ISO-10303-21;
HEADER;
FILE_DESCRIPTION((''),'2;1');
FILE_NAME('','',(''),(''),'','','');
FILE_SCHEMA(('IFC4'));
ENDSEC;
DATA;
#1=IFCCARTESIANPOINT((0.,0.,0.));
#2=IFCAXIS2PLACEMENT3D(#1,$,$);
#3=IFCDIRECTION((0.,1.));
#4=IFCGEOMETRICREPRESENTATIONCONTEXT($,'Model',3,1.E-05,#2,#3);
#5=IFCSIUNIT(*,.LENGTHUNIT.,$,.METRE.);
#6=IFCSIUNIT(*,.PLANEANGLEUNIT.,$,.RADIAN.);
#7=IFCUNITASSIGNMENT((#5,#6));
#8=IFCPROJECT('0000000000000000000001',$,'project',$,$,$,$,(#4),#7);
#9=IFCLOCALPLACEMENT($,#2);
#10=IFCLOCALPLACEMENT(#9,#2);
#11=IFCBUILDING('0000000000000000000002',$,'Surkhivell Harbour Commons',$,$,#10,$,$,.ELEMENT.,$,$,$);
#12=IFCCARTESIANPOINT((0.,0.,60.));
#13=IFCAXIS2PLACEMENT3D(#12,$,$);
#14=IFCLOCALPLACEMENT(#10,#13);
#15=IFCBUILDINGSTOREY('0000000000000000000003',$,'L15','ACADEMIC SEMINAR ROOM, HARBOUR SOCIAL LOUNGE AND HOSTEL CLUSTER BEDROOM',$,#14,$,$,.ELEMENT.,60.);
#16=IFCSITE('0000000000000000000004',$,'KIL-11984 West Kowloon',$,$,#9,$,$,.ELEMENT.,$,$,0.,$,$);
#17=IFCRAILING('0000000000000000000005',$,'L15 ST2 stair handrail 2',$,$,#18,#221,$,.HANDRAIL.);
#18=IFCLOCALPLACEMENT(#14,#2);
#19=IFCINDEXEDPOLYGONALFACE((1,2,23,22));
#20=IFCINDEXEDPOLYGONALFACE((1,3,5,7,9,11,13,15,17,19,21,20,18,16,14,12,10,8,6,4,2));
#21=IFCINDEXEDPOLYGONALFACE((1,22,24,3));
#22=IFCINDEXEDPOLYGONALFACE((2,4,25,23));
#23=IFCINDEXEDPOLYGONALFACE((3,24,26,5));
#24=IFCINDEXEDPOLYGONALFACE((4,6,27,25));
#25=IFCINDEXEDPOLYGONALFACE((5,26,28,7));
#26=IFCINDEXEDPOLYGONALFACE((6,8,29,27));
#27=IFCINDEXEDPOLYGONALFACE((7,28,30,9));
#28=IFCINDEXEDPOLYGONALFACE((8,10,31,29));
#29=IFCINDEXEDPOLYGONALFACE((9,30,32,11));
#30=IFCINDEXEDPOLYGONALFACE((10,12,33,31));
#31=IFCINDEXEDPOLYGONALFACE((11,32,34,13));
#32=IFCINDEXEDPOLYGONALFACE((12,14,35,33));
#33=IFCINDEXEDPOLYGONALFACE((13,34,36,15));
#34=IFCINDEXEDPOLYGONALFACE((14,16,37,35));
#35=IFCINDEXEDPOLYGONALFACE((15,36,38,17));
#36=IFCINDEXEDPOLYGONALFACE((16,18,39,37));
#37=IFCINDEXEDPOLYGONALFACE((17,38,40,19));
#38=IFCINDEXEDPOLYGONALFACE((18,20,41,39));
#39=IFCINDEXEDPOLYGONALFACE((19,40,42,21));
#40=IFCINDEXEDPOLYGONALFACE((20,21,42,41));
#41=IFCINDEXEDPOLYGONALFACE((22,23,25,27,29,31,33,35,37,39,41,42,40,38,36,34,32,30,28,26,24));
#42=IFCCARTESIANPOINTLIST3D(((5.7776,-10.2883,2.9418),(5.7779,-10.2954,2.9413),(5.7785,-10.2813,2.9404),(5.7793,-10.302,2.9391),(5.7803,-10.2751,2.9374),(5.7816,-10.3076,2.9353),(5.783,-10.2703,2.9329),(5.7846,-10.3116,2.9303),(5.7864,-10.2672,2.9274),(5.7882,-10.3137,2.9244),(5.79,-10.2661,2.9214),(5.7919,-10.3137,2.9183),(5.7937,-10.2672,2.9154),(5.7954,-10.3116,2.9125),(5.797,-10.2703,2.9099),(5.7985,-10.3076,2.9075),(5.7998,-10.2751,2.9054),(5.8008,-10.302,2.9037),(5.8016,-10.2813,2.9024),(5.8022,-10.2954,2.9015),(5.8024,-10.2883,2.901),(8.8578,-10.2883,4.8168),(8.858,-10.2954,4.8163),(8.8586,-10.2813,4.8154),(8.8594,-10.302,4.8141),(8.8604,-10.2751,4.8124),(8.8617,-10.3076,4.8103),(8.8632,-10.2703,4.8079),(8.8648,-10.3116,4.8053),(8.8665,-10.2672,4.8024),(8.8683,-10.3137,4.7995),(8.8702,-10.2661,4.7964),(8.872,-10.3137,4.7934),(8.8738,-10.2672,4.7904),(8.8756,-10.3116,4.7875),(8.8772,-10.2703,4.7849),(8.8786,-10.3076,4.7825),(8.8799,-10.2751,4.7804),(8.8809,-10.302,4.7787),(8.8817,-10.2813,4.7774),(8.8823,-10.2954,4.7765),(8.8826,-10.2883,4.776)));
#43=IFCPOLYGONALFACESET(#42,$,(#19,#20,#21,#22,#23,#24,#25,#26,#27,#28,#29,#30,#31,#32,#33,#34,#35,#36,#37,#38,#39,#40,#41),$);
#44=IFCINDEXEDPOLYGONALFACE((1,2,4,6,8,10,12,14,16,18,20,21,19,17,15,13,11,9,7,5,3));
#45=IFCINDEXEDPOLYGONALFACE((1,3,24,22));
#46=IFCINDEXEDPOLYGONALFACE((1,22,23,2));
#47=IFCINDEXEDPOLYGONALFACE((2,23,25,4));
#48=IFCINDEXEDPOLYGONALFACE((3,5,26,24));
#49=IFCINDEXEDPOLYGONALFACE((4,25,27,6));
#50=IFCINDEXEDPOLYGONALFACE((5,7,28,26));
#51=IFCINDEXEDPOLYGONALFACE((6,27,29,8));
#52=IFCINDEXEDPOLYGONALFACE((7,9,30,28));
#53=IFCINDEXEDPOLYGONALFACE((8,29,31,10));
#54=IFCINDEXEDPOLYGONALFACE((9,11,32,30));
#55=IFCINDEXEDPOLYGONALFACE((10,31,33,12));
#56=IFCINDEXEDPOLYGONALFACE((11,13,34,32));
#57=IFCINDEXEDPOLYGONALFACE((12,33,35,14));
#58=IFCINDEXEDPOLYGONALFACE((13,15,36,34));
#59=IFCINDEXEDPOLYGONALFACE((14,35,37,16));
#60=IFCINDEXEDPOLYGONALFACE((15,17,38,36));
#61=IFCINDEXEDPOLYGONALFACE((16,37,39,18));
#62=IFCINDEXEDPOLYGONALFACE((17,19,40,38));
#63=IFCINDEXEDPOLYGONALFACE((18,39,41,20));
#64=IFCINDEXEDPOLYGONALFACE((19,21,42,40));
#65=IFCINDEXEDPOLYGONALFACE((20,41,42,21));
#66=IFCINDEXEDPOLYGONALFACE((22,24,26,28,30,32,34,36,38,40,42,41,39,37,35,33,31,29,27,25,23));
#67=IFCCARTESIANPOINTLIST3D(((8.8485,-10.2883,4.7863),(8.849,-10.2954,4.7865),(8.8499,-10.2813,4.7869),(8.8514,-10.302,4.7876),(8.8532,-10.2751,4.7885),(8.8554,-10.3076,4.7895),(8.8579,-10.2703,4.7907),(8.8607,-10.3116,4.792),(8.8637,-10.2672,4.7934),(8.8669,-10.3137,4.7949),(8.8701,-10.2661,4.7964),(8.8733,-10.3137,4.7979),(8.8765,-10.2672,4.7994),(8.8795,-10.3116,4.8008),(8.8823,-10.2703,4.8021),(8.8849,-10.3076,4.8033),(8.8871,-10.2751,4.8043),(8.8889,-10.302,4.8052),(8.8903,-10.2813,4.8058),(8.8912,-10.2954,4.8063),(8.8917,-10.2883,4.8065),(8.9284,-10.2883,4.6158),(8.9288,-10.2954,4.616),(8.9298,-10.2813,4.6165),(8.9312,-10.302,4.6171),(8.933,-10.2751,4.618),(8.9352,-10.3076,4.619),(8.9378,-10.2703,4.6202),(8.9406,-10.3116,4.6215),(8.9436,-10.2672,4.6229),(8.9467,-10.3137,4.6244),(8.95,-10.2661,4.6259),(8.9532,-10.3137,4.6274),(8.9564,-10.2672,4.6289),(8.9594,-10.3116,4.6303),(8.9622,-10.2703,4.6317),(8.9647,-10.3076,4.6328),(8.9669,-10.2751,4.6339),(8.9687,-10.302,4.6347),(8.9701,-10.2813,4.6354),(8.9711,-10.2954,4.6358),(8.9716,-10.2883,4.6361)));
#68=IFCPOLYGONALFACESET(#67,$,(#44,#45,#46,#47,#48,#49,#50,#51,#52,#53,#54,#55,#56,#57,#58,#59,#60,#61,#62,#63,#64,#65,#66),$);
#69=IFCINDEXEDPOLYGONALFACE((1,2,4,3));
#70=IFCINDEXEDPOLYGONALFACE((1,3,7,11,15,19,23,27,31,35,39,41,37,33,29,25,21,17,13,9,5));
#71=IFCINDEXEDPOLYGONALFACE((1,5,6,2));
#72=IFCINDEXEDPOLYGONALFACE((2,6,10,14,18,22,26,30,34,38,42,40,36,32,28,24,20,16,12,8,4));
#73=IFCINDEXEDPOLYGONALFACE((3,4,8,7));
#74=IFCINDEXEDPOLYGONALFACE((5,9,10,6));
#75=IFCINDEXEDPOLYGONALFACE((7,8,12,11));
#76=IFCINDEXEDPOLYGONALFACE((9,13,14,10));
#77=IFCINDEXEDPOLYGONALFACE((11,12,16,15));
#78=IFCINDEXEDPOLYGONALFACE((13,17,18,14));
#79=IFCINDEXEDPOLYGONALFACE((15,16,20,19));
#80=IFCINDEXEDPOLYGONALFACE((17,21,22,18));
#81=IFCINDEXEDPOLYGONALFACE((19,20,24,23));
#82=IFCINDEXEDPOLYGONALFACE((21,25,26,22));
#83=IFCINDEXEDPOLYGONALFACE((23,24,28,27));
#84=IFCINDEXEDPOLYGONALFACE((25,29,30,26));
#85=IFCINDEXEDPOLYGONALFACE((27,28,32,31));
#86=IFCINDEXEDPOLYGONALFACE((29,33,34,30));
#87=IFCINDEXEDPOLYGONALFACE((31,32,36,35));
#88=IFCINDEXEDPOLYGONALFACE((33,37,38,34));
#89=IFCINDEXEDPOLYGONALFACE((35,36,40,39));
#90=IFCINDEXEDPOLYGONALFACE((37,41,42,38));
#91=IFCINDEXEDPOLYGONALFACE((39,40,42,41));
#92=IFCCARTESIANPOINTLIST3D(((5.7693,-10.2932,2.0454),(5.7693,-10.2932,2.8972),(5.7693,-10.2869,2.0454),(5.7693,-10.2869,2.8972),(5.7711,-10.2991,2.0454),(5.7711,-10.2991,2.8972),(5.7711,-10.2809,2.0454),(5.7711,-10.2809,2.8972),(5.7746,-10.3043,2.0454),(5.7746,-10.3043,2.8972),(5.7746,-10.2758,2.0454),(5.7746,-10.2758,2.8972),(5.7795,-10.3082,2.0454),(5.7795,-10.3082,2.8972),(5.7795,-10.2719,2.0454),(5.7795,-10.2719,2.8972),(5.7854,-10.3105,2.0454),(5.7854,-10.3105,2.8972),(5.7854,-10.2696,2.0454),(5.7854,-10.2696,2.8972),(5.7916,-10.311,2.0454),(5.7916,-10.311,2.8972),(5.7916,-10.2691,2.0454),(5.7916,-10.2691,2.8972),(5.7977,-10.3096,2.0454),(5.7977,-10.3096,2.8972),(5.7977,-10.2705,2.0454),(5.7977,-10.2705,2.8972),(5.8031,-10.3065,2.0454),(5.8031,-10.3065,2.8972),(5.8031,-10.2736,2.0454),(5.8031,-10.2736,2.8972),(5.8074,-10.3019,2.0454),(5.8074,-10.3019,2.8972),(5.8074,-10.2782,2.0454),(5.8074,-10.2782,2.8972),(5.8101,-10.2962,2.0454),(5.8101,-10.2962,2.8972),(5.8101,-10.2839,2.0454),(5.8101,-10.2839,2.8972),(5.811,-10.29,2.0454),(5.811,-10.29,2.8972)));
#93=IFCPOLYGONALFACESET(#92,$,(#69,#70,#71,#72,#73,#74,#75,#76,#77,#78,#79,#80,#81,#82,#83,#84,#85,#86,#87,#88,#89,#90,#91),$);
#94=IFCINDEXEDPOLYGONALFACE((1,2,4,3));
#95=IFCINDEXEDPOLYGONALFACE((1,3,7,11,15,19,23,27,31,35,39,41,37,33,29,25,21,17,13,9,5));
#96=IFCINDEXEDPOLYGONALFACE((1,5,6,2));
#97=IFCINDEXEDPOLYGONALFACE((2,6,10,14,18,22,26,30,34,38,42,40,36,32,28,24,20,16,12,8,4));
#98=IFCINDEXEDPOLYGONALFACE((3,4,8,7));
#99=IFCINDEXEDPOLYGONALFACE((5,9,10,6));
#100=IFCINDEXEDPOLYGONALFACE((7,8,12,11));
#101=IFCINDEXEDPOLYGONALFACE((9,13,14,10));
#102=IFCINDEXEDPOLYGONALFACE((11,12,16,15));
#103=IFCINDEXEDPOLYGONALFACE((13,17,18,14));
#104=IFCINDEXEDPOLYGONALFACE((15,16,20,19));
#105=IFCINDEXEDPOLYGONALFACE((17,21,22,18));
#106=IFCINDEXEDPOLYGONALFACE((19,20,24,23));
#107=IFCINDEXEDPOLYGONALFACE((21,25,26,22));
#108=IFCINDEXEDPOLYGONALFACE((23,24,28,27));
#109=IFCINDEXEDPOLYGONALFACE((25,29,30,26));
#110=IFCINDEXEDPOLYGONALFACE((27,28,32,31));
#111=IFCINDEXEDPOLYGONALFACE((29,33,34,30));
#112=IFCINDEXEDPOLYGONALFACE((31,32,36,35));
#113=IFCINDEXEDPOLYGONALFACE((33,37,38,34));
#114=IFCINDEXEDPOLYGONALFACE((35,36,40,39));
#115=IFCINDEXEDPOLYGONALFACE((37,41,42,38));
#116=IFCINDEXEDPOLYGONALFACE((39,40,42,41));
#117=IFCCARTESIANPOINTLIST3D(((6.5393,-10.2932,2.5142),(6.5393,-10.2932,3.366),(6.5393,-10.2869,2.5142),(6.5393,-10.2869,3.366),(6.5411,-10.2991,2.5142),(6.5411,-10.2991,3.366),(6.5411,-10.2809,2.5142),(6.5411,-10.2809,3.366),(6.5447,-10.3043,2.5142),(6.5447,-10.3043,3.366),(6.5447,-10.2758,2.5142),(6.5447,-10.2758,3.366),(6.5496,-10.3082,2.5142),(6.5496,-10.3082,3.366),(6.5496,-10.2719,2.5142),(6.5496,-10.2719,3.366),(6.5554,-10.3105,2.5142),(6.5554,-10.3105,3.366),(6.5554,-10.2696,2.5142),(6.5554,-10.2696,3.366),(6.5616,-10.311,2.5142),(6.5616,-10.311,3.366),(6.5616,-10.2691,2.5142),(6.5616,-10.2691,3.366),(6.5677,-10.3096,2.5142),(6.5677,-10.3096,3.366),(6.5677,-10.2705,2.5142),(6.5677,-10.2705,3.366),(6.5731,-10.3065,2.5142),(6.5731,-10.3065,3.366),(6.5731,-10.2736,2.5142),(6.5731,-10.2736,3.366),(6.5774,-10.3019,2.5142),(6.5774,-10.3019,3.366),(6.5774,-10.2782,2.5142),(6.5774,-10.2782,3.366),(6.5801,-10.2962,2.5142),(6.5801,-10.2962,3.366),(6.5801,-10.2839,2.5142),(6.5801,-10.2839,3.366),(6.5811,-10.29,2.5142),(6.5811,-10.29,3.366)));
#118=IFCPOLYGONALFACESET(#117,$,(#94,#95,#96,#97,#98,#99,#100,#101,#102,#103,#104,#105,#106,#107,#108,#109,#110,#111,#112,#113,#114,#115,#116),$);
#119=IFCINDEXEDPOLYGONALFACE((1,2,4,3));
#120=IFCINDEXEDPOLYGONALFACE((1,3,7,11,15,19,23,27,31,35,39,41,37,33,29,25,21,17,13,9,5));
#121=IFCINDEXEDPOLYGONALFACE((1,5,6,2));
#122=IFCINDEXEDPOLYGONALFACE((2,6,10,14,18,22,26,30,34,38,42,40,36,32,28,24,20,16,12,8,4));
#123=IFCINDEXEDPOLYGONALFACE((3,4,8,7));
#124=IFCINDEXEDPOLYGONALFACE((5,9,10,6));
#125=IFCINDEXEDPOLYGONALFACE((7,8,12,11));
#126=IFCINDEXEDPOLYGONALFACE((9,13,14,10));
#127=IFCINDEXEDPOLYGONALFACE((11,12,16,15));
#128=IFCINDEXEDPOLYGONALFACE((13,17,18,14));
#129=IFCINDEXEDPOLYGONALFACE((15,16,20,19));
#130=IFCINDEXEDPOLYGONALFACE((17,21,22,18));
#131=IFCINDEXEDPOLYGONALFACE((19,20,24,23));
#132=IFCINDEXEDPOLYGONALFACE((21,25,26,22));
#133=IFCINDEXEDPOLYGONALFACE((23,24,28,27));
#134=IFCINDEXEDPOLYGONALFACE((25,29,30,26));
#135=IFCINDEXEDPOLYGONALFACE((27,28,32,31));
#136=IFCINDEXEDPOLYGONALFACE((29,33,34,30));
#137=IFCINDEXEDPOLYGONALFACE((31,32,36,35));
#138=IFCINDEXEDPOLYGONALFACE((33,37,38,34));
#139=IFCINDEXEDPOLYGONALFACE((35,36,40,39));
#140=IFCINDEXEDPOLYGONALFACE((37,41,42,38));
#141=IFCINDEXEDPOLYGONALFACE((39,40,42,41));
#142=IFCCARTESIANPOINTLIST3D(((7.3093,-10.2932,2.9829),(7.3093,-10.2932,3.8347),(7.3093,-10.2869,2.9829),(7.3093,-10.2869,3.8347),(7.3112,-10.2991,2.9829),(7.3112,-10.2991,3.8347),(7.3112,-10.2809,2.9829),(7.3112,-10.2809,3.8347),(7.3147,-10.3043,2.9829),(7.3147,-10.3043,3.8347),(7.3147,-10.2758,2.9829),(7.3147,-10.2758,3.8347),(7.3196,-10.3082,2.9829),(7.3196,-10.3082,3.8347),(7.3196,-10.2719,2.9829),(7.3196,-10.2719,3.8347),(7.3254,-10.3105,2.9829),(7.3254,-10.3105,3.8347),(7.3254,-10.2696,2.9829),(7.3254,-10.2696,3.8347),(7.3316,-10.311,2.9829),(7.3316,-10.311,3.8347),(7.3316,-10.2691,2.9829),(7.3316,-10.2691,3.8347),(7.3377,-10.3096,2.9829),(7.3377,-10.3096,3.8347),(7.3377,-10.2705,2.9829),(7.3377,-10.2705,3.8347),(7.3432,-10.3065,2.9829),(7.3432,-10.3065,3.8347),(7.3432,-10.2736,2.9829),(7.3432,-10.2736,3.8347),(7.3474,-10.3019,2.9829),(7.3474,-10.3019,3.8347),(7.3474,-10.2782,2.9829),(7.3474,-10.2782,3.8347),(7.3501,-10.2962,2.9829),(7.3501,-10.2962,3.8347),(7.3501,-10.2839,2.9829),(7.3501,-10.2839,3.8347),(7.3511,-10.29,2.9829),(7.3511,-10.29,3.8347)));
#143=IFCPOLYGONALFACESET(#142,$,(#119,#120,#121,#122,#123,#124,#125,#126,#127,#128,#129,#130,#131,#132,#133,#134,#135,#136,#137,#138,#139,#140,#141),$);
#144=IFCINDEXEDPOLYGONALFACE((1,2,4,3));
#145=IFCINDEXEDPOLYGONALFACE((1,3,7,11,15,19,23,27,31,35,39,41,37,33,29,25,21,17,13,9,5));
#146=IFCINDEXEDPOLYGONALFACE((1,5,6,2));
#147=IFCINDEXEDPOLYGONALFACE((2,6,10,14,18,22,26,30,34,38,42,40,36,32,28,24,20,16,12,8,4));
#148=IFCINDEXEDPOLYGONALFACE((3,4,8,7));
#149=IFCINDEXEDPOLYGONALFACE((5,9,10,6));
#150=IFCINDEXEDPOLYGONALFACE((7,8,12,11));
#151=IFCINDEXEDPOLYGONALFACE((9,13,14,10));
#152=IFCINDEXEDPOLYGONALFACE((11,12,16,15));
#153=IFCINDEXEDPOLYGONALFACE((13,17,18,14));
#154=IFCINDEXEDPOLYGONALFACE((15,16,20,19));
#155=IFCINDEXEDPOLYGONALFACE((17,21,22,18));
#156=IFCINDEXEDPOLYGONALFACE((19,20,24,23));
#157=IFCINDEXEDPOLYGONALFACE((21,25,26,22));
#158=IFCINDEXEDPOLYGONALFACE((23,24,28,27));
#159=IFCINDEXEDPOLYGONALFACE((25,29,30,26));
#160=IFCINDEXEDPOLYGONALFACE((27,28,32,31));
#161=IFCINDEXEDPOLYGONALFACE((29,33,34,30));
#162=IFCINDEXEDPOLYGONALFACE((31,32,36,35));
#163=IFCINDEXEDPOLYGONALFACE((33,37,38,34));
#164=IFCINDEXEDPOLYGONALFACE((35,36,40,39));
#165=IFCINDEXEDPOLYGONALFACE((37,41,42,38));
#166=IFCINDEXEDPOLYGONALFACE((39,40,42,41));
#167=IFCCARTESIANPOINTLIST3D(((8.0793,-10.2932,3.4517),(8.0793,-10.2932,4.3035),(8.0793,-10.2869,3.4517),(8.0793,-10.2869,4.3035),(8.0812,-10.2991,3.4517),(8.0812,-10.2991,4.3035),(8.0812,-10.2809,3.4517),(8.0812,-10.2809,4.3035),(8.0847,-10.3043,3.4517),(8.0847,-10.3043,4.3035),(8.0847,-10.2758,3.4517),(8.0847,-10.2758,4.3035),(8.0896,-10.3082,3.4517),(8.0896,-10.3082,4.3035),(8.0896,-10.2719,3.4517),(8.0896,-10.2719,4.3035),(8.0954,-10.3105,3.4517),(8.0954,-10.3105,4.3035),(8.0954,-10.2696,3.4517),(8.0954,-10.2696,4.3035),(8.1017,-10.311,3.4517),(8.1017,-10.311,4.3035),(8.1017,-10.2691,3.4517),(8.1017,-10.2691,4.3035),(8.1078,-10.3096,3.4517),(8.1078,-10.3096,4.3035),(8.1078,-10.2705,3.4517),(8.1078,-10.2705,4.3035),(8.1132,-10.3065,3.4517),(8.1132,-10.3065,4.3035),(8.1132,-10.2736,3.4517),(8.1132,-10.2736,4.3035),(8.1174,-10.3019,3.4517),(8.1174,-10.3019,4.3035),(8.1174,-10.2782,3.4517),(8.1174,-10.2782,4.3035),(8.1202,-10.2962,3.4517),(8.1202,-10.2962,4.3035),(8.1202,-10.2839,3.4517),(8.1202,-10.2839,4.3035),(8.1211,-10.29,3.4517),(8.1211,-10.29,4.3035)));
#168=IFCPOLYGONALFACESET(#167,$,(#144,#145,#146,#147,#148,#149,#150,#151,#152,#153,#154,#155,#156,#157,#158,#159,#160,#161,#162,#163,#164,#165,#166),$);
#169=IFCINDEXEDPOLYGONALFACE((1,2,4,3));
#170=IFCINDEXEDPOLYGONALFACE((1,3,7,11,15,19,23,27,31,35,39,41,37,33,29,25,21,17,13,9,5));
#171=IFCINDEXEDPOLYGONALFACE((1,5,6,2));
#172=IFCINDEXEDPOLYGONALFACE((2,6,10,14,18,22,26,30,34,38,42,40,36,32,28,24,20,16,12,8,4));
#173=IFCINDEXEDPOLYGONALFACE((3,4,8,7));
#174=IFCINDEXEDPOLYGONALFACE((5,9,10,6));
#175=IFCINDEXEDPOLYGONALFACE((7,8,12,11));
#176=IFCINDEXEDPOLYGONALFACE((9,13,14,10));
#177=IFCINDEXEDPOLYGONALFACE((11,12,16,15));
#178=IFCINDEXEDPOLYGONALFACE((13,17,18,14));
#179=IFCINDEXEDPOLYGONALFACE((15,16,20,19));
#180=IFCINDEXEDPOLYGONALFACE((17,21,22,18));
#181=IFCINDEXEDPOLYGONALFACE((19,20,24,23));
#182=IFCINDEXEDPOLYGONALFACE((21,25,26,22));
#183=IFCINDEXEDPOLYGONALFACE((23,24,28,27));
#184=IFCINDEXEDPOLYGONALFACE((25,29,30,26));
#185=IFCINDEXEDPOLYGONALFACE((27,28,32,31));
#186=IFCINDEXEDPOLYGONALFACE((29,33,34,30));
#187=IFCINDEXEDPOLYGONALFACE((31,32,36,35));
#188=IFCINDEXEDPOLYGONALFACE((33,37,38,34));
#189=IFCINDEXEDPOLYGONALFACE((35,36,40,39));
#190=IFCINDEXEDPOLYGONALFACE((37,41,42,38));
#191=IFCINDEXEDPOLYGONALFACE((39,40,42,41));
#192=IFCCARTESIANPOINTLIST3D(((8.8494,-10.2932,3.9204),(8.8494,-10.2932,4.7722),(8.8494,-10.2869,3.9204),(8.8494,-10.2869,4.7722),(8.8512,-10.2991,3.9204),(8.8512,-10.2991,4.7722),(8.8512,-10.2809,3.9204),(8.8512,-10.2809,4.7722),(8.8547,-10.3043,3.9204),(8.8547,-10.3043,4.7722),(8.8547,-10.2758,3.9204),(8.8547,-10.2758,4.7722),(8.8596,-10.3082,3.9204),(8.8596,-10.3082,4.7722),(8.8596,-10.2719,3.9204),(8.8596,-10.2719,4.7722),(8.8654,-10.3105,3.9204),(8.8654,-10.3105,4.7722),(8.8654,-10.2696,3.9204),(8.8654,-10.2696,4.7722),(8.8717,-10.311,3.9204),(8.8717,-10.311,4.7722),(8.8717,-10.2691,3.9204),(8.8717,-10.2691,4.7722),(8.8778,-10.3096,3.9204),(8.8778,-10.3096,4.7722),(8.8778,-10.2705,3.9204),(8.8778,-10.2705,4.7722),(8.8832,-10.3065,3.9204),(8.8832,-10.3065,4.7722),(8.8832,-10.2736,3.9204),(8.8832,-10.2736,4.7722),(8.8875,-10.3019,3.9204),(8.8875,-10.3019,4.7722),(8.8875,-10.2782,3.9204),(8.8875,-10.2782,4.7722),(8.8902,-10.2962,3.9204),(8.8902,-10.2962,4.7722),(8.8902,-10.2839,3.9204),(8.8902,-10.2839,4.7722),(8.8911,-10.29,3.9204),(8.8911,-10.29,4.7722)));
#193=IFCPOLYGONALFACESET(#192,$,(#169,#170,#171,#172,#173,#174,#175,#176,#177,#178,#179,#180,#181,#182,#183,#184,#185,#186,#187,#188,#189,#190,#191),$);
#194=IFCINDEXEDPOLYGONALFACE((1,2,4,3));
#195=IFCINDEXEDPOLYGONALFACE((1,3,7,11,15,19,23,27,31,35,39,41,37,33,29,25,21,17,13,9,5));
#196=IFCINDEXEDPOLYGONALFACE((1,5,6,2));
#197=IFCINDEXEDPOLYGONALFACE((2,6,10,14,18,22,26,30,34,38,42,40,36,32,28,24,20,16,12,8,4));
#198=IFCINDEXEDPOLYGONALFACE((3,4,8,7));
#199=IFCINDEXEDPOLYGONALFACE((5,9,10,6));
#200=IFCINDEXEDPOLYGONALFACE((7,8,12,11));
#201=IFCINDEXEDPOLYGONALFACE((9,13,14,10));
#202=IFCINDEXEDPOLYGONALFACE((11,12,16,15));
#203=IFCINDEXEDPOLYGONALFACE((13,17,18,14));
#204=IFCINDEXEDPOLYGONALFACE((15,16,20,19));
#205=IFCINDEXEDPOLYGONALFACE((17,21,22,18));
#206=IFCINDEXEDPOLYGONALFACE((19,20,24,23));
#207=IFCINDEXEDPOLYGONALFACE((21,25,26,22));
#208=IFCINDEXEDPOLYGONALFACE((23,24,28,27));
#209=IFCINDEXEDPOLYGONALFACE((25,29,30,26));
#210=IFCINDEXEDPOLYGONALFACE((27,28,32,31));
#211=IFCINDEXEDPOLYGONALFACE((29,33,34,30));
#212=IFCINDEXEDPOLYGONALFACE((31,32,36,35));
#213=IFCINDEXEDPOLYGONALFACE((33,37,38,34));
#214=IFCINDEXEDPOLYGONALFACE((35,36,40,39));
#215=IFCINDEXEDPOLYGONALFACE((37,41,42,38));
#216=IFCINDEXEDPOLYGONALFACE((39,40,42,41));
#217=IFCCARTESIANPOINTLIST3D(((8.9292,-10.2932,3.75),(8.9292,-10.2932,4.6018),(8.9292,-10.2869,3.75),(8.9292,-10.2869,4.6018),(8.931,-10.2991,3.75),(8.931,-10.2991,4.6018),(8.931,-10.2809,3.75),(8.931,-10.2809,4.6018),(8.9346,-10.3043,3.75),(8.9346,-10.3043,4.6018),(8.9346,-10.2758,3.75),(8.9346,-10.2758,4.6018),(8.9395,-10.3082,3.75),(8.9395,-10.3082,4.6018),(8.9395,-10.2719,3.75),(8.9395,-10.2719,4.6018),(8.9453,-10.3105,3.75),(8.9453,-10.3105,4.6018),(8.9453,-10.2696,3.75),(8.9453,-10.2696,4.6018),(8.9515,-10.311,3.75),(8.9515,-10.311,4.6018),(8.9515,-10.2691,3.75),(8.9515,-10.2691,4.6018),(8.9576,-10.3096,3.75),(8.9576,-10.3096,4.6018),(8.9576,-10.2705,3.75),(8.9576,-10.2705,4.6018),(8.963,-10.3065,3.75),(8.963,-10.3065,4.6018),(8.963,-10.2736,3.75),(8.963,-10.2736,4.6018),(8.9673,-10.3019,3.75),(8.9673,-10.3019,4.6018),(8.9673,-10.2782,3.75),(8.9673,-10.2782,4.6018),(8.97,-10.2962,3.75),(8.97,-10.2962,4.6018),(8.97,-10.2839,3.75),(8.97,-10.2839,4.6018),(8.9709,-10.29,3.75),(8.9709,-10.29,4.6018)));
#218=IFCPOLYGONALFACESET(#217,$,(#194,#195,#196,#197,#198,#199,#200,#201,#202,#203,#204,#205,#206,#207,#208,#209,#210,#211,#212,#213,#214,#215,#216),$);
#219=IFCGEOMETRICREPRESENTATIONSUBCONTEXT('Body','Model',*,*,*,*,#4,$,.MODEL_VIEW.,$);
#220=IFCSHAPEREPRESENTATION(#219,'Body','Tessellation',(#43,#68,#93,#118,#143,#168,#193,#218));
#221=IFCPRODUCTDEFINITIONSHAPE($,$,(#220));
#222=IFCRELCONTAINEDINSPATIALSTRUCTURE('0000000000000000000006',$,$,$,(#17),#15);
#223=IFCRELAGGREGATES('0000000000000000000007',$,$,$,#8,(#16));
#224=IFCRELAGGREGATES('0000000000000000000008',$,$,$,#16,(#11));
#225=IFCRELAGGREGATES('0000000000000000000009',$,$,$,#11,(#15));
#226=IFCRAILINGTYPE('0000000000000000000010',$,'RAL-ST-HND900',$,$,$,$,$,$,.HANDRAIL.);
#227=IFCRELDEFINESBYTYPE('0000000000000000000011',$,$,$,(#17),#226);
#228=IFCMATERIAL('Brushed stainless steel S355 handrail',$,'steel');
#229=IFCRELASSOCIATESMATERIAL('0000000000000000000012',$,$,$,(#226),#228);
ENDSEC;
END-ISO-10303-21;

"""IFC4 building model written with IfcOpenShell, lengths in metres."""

from ifc_helpers import new_model, si_unit, direction, frame, origin, origin_2d, place, context, subcontext, project, spatial, circle, extrude, material, type_object, element, save


model = new_model("IFC4")

# Units and contexts
model_context = context("Model", 3, precision=1e-05, world=origin(), true_north=direction((0.0, 1.0)))
body_context = subcontext(model_context, "Body", "Model", "MODEL_VIEW")
ifc_project = project(units=[si_unit("LENGTHUNIT", "METRE"), si_unit("PLANEANGLEUNIT", "RADIAN")], contexts=[model_context])

# Site, building, storey
site_placement = place(None, origin())
site = spatial("IfcSite", under=ifc_project, at=site_placement, Name="KIL-11984 West Kowloon", CompositionType="ELEMENT", RefElevation=0.0)
building_placement = place(site_placement, origin())
building = spatial("IfcBuilding", under=site, at=building_placement, Name="Surkhivell Harbour Commons", CompositionType="ELEMENT")
storey_placement = place(building_placement, frame((0.0, 0.0, 60.0)))
storey = spatial("IfcBuildingStorey", under=building, at=storey_placement, Name="L15", Description="ACADEMIC SEMINAR ROOM, HARBOUR SOCIAL LOUNGE AND HOSTEL CLUSTER BEDROOM", CompositionType="ELEMENT", Elevation=60.0)

# Railing
ifc_material_1 = material(Name="Brushed stainless steel S355 handrail", Category="steel")
railing_type_1 = type_object("IfcRailingType", Name="RAL-ST-HND900", PredefinedType="HANDRAIL", material=ifc_material_1)
railing_1_placement = place(storey_placement, frame((5.79, -10.29, 2.0454)))
element("IfcRailing", 1, at=railing_1_placement, inside=storey, type_object=railing_type_1, Name="L15 ST2 stair handrail 2", PredefinedType="HANDRAIL", context=body_context, shape_type="SweptSolid", body=[
    extrude(circle(Radius=0.0239, at=origin_2d()), frame((0.0, 0.0, 0.876), z_axis=(0.854178, 0.0, 0.519981), x_axis=(0.0, 1.0, 0.0)), (0.0, 0.0, 1.0), 3.606),
    extrude(circle(Radius=0.0239, at=origin_2d()), frame((3.0801, 0.0, 2.751), z_axis=(0.424234, 0.0, -0.905552), x_axis=(0.0, 1.0, 0.0)), (0.0, 0.0, 1.0), 0.1882),
    extrude(circle(Radius=0.021, at=origin_2d()), origin(), (0.0, 0.0, 1.0), 0.8518),
    extrude(circle(Radius=0.021, at=origin_2d()), frame((0.77, 0.0, 0.4688)), (0.0, 0.0, 1.0), 0.8518),
    extrude(circle(Radius=0.021, at=origin_2d()), frame((1.54, 0.0, 0.9375)), (0.0, 0.0, 1.0), 0.8518),
    extrude(circle(Radius=0.021, at=origin_2d()), frame((2.3101, 0.0, 1.4062)), (0.0, 0.0, 1.0), 0.8518),
    extrude(circle(Radius=0.021, at=origin_2d()), frame((3.0801, 0.0, 1.875)), (0.0, 0.0, 1.0), 0.8518),
    extrude(circle(Radius=0.021, at=origin_2d()), frame((3.1599, 0.0, 1.7046)), (0.0, 0.0, 1.0), 0.8518),
])

save(model, "model.ifc")
